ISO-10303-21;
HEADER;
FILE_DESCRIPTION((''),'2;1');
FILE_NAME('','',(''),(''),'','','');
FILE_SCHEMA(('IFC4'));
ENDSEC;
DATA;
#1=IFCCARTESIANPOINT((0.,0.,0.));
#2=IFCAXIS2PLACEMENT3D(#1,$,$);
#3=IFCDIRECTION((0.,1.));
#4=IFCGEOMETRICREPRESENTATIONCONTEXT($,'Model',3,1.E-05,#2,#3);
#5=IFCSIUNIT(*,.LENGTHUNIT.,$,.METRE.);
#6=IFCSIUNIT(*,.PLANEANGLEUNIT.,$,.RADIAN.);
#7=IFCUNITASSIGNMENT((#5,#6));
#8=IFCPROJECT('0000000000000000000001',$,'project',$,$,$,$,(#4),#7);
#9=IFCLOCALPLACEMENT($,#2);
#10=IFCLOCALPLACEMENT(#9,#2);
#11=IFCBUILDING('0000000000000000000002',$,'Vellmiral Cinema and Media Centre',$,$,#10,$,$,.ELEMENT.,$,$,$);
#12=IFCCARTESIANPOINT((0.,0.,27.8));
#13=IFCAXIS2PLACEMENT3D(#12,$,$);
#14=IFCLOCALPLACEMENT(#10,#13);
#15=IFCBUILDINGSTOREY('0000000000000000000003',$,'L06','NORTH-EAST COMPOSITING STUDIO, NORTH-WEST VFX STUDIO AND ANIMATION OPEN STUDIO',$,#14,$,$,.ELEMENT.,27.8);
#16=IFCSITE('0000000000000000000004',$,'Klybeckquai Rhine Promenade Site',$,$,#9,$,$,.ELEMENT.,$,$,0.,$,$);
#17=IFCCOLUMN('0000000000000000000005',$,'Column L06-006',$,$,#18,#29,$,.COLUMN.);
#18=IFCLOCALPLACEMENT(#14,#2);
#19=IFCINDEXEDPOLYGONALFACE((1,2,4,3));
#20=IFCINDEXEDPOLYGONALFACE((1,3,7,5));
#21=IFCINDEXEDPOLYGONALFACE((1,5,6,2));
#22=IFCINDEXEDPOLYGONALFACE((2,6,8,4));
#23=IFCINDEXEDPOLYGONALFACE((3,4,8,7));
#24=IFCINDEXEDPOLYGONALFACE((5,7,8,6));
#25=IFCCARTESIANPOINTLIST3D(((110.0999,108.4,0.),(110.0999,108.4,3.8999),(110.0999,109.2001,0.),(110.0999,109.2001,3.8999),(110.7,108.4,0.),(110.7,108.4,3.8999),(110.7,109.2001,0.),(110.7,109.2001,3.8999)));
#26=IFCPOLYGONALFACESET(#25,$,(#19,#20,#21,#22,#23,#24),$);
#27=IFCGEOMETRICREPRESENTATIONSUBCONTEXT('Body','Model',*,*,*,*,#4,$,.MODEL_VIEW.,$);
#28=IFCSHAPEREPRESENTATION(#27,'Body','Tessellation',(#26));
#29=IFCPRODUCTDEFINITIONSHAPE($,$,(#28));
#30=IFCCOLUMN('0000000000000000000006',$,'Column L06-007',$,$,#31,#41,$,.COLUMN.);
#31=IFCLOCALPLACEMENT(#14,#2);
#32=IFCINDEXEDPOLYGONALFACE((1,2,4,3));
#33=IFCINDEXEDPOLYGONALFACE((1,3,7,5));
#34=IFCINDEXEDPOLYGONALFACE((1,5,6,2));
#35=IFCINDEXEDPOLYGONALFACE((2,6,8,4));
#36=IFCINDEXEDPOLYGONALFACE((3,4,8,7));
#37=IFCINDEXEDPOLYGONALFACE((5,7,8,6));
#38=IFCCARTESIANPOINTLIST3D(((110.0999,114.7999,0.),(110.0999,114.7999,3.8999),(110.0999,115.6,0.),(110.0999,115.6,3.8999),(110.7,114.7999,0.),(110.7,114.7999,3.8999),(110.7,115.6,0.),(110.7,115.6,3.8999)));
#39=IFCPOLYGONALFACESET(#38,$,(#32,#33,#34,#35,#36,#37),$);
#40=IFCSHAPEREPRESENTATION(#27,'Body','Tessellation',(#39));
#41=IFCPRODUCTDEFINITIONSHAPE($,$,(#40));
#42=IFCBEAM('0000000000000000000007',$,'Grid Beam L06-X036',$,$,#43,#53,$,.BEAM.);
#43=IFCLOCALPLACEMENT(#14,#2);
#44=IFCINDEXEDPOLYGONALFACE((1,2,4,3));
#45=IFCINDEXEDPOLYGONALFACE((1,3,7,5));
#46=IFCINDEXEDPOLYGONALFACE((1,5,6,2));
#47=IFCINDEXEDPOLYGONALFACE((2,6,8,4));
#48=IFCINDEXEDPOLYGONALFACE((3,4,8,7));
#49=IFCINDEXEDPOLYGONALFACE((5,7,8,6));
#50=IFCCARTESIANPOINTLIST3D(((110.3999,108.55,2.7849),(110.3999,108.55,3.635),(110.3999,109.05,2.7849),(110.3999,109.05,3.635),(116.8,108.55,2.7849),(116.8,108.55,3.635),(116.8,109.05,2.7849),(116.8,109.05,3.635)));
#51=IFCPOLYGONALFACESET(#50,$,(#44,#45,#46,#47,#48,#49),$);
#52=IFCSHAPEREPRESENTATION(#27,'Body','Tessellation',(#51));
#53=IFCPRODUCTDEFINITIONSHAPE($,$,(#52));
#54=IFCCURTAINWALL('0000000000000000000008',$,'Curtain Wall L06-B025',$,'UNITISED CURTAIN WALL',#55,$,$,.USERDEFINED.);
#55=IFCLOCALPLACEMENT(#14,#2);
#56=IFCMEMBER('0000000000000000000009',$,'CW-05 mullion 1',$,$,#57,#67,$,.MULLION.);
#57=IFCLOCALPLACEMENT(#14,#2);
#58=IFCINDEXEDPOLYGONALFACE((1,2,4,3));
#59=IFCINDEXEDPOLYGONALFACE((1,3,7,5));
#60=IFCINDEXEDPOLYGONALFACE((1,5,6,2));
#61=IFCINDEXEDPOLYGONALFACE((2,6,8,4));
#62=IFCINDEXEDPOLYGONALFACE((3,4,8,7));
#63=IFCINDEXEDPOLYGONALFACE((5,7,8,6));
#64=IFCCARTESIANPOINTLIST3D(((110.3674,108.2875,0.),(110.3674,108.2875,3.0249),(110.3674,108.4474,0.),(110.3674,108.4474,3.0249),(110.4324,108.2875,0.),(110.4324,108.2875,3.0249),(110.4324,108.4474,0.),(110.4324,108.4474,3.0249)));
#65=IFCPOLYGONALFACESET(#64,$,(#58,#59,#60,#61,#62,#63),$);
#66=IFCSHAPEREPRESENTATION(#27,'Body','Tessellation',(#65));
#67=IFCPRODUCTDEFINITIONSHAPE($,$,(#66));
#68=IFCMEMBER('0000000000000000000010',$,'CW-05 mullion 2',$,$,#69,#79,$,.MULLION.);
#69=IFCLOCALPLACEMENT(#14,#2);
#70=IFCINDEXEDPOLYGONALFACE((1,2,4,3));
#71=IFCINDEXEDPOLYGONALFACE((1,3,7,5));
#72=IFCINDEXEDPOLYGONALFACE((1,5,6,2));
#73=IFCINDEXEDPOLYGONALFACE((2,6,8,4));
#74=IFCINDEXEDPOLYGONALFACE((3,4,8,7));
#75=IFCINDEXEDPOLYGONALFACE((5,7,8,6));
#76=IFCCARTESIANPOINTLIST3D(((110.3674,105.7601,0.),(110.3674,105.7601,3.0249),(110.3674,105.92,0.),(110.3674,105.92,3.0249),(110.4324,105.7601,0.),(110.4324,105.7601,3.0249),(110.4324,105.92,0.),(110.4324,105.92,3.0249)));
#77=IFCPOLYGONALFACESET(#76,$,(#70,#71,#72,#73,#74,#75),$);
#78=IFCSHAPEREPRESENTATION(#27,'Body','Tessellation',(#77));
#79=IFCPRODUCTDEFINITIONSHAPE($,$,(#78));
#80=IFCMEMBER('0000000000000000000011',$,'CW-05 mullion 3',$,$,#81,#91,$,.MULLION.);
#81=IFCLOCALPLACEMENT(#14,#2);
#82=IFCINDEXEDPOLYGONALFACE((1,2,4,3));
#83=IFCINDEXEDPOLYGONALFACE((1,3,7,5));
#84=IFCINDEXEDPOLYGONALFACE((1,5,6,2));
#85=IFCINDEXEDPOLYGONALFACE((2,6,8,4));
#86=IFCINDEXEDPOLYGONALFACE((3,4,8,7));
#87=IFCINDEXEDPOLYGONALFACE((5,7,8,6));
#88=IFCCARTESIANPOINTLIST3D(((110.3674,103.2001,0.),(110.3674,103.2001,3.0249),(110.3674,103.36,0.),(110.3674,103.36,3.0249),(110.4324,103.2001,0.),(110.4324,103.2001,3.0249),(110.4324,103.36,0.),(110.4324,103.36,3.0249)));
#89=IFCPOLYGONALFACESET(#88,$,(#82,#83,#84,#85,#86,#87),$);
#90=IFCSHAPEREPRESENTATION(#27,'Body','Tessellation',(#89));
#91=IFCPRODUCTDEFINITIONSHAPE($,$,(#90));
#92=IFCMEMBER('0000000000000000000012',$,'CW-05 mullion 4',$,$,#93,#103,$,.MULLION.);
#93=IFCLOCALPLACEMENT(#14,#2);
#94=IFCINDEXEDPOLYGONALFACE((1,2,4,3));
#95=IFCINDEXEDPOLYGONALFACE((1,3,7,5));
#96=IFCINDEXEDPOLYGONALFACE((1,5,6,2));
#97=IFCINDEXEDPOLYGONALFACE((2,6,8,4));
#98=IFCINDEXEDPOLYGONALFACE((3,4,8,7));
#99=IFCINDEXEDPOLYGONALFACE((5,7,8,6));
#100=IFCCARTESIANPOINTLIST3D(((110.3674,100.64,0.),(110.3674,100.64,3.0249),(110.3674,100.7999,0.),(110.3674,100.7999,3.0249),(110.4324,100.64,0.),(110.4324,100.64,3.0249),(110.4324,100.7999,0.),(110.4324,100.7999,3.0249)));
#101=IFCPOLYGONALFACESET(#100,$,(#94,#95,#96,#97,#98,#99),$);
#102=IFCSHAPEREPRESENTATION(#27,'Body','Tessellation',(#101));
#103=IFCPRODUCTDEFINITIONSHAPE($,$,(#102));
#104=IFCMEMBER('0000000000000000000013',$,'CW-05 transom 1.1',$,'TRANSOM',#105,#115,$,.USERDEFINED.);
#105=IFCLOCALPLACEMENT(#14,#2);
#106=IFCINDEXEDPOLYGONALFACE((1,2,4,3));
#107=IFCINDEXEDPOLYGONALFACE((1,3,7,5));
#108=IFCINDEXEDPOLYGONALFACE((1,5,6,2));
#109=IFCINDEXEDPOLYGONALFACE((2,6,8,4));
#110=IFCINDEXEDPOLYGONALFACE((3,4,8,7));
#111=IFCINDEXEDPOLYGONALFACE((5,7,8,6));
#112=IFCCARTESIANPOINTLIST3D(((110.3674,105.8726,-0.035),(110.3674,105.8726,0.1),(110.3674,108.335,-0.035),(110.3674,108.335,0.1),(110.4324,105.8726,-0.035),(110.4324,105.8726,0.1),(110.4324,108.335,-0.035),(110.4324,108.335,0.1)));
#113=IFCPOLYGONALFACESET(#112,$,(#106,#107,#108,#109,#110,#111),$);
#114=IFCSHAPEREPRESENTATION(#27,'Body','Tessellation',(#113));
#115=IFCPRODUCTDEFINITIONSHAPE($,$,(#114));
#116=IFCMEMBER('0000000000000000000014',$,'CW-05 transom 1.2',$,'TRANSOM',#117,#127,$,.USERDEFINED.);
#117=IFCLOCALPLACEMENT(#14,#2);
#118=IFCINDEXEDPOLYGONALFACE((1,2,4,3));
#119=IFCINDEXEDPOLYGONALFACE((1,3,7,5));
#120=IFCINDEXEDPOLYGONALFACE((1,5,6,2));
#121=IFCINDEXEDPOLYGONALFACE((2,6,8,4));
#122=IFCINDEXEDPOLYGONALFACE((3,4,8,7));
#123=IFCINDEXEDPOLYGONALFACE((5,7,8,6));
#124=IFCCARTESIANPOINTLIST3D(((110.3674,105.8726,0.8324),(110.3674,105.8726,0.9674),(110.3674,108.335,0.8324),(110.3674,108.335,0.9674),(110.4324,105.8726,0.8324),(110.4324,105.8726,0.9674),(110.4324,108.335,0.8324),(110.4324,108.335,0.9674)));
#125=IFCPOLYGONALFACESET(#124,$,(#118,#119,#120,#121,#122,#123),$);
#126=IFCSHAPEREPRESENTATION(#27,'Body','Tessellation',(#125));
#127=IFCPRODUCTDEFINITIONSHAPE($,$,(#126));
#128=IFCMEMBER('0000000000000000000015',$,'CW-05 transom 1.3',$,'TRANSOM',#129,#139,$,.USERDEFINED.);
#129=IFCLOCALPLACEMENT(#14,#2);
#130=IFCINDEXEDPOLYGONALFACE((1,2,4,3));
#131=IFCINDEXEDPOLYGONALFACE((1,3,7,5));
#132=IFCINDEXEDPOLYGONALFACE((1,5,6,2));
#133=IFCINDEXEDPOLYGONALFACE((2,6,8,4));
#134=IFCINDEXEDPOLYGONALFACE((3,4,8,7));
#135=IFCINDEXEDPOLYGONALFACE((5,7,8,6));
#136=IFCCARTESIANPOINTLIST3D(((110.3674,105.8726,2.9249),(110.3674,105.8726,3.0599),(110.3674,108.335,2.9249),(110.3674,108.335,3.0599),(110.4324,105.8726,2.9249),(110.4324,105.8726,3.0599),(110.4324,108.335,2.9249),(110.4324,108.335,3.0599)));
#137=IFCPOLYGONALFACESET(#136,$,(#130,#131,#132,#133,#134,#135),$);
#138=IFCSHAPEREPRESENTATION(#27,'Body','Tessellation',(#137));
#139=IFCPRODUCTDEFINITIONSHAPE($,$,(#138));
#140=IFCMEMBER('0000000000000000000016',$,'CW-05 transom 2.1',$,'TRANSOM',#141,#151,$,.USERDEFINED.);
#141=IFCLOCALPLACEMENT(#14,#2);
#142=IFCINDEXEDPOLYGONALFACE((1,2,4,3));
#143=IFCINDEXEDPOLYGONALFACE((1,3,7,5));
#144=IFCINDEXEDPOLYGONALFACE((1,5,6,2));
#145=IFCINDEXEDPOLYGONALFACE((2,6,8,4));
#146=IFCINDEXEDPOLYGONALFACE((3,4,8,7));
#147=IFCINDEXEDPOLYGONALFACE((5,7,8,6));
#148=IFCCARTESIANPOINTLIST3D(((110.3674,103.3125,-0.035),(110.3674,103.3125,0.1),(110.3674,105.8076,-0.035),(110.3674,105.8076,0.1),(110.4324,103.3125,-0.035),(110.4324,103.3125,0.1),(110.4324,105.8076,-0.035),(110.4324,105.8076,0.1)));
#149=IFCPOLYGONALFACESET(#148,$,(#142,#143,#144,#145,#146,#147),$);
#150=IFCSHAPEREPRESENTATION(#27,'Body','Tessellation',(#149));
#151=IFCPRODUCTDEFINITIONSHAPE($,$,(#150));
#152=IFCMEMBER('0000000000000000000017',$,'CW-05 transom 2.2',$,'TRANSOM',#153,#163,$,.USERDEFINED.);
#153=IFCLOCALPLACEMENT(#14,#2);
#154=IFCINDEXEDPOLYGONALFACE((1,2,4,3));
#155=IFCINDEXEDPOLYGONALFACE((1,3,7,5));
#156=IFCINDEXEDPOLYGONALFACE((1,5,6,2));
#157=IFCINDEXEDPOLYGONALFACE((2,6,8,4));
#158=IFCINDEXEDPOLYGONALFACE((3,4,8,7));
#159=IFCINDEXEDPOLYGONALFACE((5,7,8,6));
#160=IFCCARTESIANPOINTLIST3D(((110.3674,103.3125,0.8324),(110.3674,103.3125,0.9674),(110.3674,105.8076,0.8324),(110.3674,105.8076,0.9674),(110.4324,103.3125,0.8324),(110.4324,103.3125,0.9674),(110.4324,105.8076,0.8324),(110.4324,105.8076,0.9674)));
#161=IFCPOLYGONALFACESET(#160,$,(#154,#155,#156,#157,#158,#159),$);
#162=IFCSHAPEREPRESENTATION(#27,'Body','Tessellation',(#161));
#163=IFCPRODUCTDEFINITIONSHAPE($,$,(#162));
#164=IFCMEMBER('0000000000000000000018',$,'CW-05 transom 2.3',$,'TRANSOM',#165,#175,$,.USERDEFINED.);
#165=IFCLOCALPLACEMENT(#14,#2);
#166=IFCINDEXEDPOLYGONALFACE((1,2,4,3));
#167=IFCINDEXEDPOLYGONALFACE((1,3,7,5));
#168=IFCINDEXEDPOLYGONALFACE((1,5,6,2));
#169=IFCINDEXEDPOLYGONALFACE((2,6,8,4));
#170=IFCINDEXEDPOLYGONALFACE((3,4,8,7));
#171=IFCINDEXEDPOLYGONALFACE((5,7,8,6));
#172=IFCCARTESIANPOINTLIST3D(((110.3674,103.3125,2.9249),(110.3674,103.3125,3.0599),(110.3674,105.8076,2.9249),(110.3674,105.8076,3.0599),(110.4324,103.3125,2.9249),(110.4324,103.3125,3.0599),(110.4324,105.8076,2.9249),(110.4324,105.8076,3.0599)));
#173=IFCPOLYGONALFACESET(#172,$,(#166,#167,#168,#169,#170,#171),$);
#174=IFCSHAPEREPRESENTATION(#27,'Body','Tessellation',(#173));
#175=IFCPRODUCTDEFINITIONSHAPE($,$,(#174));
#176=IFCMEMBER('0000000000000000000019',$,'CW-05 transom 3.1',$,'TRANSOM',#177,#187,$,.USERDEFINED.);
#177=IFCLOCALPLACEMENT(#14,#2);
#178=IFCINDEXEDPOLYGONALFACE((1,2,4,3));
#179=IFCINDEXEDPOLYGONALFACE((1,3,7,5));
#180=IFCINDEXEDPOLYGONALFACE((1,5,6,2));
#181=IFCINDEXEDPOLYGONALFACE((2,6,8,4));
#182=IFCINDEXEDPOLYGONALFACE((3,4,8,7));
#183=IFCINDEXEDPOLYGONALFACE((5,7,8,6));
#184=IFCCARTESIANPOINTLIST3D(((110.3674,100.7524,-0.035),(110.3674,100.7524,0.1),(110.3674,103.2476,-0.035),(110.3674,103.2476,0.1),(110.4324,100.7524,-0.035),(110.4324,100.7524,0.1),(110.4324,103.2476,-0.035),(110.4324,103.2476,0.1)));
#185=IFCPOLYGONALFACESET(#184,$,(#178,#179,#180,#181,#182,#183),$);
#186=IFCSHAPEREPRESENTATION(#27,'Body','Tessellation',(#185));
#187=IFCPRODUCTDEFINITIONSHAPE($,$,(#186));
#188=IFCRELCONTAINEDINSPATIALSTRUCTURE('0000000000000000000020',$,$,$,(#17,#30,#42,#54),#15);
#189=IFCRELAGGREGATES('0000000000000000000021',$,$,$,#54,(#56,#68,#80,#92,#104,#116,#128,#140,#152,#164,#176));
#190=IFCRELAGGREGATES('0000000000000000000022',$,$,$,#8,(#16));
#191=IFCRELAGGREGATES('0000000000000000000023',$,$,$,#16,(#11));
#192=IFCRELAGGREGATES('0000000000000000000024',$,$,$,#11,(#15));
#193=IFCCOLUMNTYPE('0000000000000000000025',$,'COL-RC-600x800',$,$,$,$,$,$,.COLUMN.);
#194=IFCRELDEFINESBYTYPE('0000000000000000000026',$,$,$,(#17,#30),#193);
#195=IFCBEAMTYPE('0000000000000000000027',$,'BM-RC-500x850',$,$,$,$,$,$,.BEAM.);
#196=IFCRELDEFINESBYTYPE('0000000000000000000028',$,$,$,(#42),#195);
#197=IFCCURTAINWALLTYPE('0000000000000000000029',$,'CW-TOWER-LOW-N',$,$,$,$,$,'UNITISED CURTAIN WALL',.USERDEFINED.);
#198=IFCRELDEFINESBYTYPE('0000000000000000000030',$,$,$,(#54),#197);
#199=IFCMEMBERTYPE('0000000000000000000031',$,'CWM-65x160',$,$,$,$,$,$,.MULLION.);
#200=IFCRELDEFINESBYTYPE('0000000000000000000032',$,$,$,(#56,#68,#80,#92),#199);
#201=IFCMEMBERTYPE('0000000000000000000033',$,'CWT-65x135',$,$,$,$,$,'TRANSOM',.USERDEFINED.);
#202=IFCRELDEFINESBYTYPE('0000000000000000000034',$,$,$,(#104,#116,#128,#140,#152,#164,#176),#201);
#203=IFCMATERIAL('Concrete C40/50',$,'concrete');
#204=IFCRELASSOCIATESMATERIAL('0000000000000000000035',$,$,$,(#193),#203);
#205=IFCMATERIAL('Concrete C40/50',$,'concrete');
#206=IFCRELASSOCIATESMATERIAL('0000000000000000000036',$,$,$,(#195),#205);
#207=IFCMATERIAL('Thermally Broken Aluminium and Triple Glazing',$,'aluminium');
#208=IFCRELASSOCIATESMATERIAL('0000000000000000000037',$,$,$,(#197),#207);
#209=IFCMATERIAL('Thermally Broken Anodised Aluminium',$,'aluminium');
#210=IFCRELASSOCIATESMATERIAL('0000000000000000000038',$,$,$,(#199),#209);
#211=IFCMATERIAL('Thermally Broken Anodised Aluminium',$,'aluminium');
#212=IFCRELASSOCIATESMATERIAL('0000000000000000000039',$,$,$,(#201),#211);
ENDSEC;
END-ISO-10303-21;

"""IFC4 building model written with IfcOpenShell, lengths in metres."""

from ifc_helpers import new_model, si_unit, direction, frame, origin, origin_2d, place, context, subcontext, project, spatial, rectangle, extrude, material, material_profile, profile_set, type_object, element, aggregate, save


model = new_model("IFC4")

# Units and contexts
model_context = context("Model", 3, precision=1e-05, world=origin(), true_north=direction((0.0, 1.0)))
body_context = subcontext(model_context, "Body", "Model", "MODEL_VIEW")
ifc_project = project(units=[si_unit("LENGTHUNIT", "METRE"), si_unit("PLANEANGLEUNIT", "RADIAN")], contexts=[model_context])

# Site, building, storey
site_placement = place(None, origin())
site = spatial("IfcSite", under=ifc_project, at=site_placement, Name="Klybeckquai Rhine Promenade Site", CompositionType="ELEMENT", RefElevation=0.0)
building_placement = place(site_placement, origin())
building = spatial("IfcBuilding", under=site, at=building_placement, Name="Vellmiral Cinema and Media Centre", CompositionType="ELEMENT")
storey_placement = place(building_placement, frame((0.0, 0.0, 27.8)))
storey = spatial("IfcBuildingStorey", under=building, at=storey_placement, Name="L06", Description="NORTH-EAST COMPOSITING STUDIO, NORTH-WEST VFX STUDIO AND ANIMATION OPEN STUDIO", CompositionType="ELEMENT", Elevation=27.8)

# Columns
ifc_material_1 = material(Name="Concrete C40/50", Category="concrete")
ifc_material_profile_1 = material_profile(ifc_material_1, rectangle(XDim=0.6001, YDim=0.8, at=origin_2d()), Name="RC 600x800")
ifc_profile_set_1 = profile_set([ifc_material_profile_1], Name="Concrete C40/50")
column_type = type_object("IfcColumnType", Name="COL-RC-600x800", PredefinedType="COLUMN", material=ifc_profile_set_1)
for number, where, z_axis, x_axis, name in (
    (1, (110.3999, 108.8, 0.0), (0.0, 0.0, 1.0), (1.0, 0.0, 0.0), "Column L06-006"),
    (2, (110.3999, 115.2, 0.0), (0.0, 0.0, 1.0), (1.0, 0.0, 0.0), "Column L06-007"),
):
    element("IfcColumn", number, at=place(storey_placement, frame(where, z_axis=z_axis, x_axis=x_axis)), inside=storey, type_object=column_type, Name=name, PredefinedType="COLUMN", context=body_context, shape_type="SweptSolid", body=[
        extrude(rectangle(XDim=0.6001, YDim=0.8, at=origin_2d()), origin(), (0.0, 0.0, 1.0), 3.8999),
    ])

# Beam
ifc_material_2 = material(Name="Concrete C40/50", Category="concrete")
ifc_material_profile_2 = material_profile(ifc_material_2, rectangle(XDim=0.5, YDim=0.8501, at=origin_2d()), Name="RC 500x850")
ifc_profile_set_2 = profile_set([ifc_material_profile_2], Name="Concrete C40/50")
beam_type_1 = type_object("IfcBeamType", Name="BM-RC-500x850", PredefinedType="BEAM", material=ifc_profile_set_2)
beam_1_placement = place(storey_placement, frame((110.3999, 108.8, 3.21), z_axis=(1.0, 0.0, 0.0), x_axis=(0.0, 1.0, 0.0)))
element("IfcBeam", 3, at=beam_1_placement, inside=storey, type_object=beam_type_1, Name="Grid Beam L06-X036", PredefinedType="BEAM", context=body_context, shape_type="SweptSolid", body=[
    extrude(rectangle(XDim=0.5, YDim=0.8501, at=origin_2d()), origin(), (0.0, 0.0, 1.0), 6.4001),
])

# Curtain wall, members
ifc_material_3 = material(Name="Thermally Broken Aluminium and Triple Glazing", Category="aluminium")
curtain_wall_type = type_object("IfcCurtainWallType", Name="CW-TOWER-LOW-N", ElementType="UNITISED CURTAIN WALL", PredefinedType="USERDEFINED", material=ifc_material_3)
curtain_wall_placement = place(storey_placement, origin())
curtain_wall = element("IfcCurtainWall", 4, at=curtain_wall_placement, inside=storey, type_object=curtain_wall_type, Name="Curtain Wall L06-B025", ObjectType="UNITISED CURTAIN WALL", PredefinedType="USERDEFINED")
ifc_material_4 = material(Name="Thermally Broken Anodised Aluminium", Category="aluminium")
ifc_material_profile_3 = material_profile(ifc_material_4, rectangle(XDim=0.0649, YDim=0.1599, at=origin_2d()), Name="MULL 65x160")
ifc_profile_set_3 = profile_set([ifc_material_profile_3], Name="Thermally Broken Anodised Aluminium")
member_type_1 = type_object("IfcMemberType", Name="CWM-65x160", PredefinedType="MULLION", material=ifc_profile_set_3)
member_1_placement = place(storey_placement, frame((110.3999, 108.3674, 0.0), z_axis=(0.0, 0.0, 1.0), x_axis=(1.0, 0.0, 0.0)))
member_1 = element("IfcMember", 5, at=member_1_placement, type_object=member_type_1, Name="CW-05 mullion 1", PredefinedType="MULLION", context=body_context, shape_type="SweptSolid", body=[
    extrude(rectangle(XDim=0.0649, YDim=0.1599, at=origin_2d()), origin(), (0.0, 0.0, 1.0), 3.0249),
])
member_2_placement = place(storey_placement, frame((110.3999, 105.8401, 0.0), z_axis=(0.0, 0.0, 1.0), x_axis=(1.0, 0.0, 0.0)))
member_2 = element("IfcMember", 6, at=member_2_placement, type_object=member_type_1, Name="CW-05 mullion 2", PredefinedType="MULLION", context=body_context, shape_type="SweptSolid", body=[
    extrude(rectangle(XDim=0.0649, YDim=0.1599, at=origin_2d()), origin(), (0.0, 0.0, 1.0), 3.0249),
])
member_3_placement = place(storey_placement, frame((110.3999, 103.28, 0.0), z_axis=(0.0, 0.0, 1.0), x_axis=(1.0, 0.0, 0.0)))
member_3 = element("IfcMember", 7, at=member_3_placement, type_object=member_type_1, Name="CW-05 mullion 3", PredefinedType="MULLION", context=body_context, shape_type="SweptSolid", body=[
    extrude(rectangle(XDim=0.0649, YDim=0.1599, at=origin_2d()), origin(), (0.0, 0.0, 1.0), 3.0249),
])
member_4_placement = place(storey_placement, frame((110.3999, 100.72, 0.0), z_axis=(0.0, 0.0, 1.0), x_axis=(1.0, 0.0, 0.0)))
member_4 = element("IfcMember", 8, at=member_4_placement, type_object=member_type_1, Name="CW-05 mullion 4", PredefinedType="MULLION", context=body_context, shape_type="SweptSolid", body=[
    extrude(rectangle(XDim=0.0649, YDim=0.1599, at=origin_2d()), origin(), (0.0, 0.0, 1.0), 3.0249),
])
ifc_material_5 = material(Name="Thermally Broken Anodised Aluminium", Category="aluminium")
ifc_material_profile_4 = material_profile(ifc_material_5, rectangle(XDim=0.0649, YDim=0.135, at=origin_2d()), Name="MULL 65x135")
ifc_profile_set_4 = profile_set([ifc_material_profile_4], Name="Thermally Broken Anodised Aluminium")
member_type_2 = type_object("IfcMemberType", Name="CWT-65x135", ElementType="TRANSOM", PredefinedType="USERDEFINED", material=ifc_profile_set_4)
member_5_placement = place(storey_placement, frame((110.3999, 108.335, 0.0325), z_axis=(0.0, -1.0, 0.0), x_axis=(1.0, 0.0, 0.0)))
member_5 = element("IfcMember", 9, at=member_5_placement, type_object=member_type_2, Name="CW-05 transom 1.1", ObjectType="TRANSOM", PredefinedType="USERDEFINED", context=body_context, shape_type="SweptSolid", body=[
    extrude(rectangle(XDim=0.0649, YDim=0.135, at=origin_2d()), origin(), (0.0, 0.0, 1.0), 2.4624),
])
member_6_placement = place(storey_placement, frame((110.3999, 108.335, 0.8999), z_axis=(0.0, -1.0, 0.0), x_axis=(1.0, 0.0, 0.0)))
member_6 = element("IfcMember", 10, at=member_6_placement, type_object=member_type_2, Name="CW-05 transom 1.2", ObjectType="TRANSOM", PredefinedType="USERDEFINED", context=body_context, shape_type="SweptSolid", body=[
    extrude(rectangle(XDim=0.0649, YDim=0.135, at=origin_2d()), origin(), (0.0, 0.0, 1.0), 2.4624),
])
member_7_placement = place(storey_placement, frame((110.3999, 108.335, 2.9924), z_axis=(0.0, -1.0, 0.0), x_axis=(1.0, 0.0, 0.0)))
member_7 = element("IfcMember", 11, at=member_7_placement, type_object=member_type_2, Name="CW-05 transom 1.3", ObjectType="TRANSOM", PredefinedType="USERDEFINED", context=body_context, shape_type="SweptSolid", body=[
    extrude(rectangle(XDim=0.0649, YDim=0.135, at=origin_2d()), origin(), (0.0, 0.0, 1.0), 2.4624),
])
member_8_placement = place(storey_placement, frame((110.3999, 105.8076, 0.0325), z_axis=(0.0, -1.0, 0.0), x_axis=(1.0, 0.0, 0.0)))
member_8 = element("IfcMember", 12, at=member_8_placement, type_object=member_type_2, Name="CW-05 transom 2.1", ObjectType="TRANSOM", PredefinedType="USERDEFINED", context=body_context, shape_type="SweptSolid", body=[
    extrude(rectangle(XDim=0.0649, YDim=0.135, at=origin_2d()), origin(), (0.0, 0.0, 1.0), 2.4951),
])
member_9_placement = place(storey_placement, frame((110.3999, 105.8076, 0.8999), z_axis=(0.0, -1.0, 0.0), x_axis=(1.0, 0.0, 0.0)))
member_9 = element("IfcMember", 13, at=member_9_placement, type_object=member_type_2, Name="CW-05 transom 2.2", ObjectType="TRANSOM", PredefinedType="USERDEFINED", context=body_context, shape_type="SweptSolid", body=[
    extrude(rectangle(XDim=0.0649, YDim=0.135, at=origin_2d()), origin(), (0.0, 0.0, 1.0), 2.4951),
])
member_10_placement = place(storey_placement, frame((110.3999, 105.8076, 2.9924), z_axis=(0.0, -1.0, 0.0), x_axis=(1.0, 0.0, 0.0)))
member_10 = element("IfcMember", 14, at=member_10_placement, type_object=member_type_2, Name="CW-05 transom 2.3", ObjectType="TRANSOM", PredefinedType="USERDEFINED", context=body_context, shape_type="SweptSolid", body=[
    extrude(rectangle(XDim=0.0649, YDim=0.135, at=origin_2d()), origin(), (0.0, 0.0, 1.0), 2.4951),
])
member_11_placement = place(storey_placement, frame((110.3999, 103.2476, 0.0325), z_axis=(0.0, -1.0, 0.0), x_axis=(1.0, 0.0, 0.0)))
member_11 = element("IfcMember", 15, at=member_11_placement, type_object=member_type_2, Name="CW-05 transom 3.1", ObjectType="TRANSOM", PredefinedType="USERDEFINED", context=body_context, shape_type="SweptSolid", body=[
    extrude(rectangle(XDim=0.0649, YDim=0.135, at=origin_2d()), origin(), (0.0, 0.0, 1.0), 2.4951),
])

aggregate(curtain_wall, [member_1, member_2, member_3, member_4, member_5, member_6, member_7, member_8, member_9, member_10, member_11])

save(model, "model.ifc")
